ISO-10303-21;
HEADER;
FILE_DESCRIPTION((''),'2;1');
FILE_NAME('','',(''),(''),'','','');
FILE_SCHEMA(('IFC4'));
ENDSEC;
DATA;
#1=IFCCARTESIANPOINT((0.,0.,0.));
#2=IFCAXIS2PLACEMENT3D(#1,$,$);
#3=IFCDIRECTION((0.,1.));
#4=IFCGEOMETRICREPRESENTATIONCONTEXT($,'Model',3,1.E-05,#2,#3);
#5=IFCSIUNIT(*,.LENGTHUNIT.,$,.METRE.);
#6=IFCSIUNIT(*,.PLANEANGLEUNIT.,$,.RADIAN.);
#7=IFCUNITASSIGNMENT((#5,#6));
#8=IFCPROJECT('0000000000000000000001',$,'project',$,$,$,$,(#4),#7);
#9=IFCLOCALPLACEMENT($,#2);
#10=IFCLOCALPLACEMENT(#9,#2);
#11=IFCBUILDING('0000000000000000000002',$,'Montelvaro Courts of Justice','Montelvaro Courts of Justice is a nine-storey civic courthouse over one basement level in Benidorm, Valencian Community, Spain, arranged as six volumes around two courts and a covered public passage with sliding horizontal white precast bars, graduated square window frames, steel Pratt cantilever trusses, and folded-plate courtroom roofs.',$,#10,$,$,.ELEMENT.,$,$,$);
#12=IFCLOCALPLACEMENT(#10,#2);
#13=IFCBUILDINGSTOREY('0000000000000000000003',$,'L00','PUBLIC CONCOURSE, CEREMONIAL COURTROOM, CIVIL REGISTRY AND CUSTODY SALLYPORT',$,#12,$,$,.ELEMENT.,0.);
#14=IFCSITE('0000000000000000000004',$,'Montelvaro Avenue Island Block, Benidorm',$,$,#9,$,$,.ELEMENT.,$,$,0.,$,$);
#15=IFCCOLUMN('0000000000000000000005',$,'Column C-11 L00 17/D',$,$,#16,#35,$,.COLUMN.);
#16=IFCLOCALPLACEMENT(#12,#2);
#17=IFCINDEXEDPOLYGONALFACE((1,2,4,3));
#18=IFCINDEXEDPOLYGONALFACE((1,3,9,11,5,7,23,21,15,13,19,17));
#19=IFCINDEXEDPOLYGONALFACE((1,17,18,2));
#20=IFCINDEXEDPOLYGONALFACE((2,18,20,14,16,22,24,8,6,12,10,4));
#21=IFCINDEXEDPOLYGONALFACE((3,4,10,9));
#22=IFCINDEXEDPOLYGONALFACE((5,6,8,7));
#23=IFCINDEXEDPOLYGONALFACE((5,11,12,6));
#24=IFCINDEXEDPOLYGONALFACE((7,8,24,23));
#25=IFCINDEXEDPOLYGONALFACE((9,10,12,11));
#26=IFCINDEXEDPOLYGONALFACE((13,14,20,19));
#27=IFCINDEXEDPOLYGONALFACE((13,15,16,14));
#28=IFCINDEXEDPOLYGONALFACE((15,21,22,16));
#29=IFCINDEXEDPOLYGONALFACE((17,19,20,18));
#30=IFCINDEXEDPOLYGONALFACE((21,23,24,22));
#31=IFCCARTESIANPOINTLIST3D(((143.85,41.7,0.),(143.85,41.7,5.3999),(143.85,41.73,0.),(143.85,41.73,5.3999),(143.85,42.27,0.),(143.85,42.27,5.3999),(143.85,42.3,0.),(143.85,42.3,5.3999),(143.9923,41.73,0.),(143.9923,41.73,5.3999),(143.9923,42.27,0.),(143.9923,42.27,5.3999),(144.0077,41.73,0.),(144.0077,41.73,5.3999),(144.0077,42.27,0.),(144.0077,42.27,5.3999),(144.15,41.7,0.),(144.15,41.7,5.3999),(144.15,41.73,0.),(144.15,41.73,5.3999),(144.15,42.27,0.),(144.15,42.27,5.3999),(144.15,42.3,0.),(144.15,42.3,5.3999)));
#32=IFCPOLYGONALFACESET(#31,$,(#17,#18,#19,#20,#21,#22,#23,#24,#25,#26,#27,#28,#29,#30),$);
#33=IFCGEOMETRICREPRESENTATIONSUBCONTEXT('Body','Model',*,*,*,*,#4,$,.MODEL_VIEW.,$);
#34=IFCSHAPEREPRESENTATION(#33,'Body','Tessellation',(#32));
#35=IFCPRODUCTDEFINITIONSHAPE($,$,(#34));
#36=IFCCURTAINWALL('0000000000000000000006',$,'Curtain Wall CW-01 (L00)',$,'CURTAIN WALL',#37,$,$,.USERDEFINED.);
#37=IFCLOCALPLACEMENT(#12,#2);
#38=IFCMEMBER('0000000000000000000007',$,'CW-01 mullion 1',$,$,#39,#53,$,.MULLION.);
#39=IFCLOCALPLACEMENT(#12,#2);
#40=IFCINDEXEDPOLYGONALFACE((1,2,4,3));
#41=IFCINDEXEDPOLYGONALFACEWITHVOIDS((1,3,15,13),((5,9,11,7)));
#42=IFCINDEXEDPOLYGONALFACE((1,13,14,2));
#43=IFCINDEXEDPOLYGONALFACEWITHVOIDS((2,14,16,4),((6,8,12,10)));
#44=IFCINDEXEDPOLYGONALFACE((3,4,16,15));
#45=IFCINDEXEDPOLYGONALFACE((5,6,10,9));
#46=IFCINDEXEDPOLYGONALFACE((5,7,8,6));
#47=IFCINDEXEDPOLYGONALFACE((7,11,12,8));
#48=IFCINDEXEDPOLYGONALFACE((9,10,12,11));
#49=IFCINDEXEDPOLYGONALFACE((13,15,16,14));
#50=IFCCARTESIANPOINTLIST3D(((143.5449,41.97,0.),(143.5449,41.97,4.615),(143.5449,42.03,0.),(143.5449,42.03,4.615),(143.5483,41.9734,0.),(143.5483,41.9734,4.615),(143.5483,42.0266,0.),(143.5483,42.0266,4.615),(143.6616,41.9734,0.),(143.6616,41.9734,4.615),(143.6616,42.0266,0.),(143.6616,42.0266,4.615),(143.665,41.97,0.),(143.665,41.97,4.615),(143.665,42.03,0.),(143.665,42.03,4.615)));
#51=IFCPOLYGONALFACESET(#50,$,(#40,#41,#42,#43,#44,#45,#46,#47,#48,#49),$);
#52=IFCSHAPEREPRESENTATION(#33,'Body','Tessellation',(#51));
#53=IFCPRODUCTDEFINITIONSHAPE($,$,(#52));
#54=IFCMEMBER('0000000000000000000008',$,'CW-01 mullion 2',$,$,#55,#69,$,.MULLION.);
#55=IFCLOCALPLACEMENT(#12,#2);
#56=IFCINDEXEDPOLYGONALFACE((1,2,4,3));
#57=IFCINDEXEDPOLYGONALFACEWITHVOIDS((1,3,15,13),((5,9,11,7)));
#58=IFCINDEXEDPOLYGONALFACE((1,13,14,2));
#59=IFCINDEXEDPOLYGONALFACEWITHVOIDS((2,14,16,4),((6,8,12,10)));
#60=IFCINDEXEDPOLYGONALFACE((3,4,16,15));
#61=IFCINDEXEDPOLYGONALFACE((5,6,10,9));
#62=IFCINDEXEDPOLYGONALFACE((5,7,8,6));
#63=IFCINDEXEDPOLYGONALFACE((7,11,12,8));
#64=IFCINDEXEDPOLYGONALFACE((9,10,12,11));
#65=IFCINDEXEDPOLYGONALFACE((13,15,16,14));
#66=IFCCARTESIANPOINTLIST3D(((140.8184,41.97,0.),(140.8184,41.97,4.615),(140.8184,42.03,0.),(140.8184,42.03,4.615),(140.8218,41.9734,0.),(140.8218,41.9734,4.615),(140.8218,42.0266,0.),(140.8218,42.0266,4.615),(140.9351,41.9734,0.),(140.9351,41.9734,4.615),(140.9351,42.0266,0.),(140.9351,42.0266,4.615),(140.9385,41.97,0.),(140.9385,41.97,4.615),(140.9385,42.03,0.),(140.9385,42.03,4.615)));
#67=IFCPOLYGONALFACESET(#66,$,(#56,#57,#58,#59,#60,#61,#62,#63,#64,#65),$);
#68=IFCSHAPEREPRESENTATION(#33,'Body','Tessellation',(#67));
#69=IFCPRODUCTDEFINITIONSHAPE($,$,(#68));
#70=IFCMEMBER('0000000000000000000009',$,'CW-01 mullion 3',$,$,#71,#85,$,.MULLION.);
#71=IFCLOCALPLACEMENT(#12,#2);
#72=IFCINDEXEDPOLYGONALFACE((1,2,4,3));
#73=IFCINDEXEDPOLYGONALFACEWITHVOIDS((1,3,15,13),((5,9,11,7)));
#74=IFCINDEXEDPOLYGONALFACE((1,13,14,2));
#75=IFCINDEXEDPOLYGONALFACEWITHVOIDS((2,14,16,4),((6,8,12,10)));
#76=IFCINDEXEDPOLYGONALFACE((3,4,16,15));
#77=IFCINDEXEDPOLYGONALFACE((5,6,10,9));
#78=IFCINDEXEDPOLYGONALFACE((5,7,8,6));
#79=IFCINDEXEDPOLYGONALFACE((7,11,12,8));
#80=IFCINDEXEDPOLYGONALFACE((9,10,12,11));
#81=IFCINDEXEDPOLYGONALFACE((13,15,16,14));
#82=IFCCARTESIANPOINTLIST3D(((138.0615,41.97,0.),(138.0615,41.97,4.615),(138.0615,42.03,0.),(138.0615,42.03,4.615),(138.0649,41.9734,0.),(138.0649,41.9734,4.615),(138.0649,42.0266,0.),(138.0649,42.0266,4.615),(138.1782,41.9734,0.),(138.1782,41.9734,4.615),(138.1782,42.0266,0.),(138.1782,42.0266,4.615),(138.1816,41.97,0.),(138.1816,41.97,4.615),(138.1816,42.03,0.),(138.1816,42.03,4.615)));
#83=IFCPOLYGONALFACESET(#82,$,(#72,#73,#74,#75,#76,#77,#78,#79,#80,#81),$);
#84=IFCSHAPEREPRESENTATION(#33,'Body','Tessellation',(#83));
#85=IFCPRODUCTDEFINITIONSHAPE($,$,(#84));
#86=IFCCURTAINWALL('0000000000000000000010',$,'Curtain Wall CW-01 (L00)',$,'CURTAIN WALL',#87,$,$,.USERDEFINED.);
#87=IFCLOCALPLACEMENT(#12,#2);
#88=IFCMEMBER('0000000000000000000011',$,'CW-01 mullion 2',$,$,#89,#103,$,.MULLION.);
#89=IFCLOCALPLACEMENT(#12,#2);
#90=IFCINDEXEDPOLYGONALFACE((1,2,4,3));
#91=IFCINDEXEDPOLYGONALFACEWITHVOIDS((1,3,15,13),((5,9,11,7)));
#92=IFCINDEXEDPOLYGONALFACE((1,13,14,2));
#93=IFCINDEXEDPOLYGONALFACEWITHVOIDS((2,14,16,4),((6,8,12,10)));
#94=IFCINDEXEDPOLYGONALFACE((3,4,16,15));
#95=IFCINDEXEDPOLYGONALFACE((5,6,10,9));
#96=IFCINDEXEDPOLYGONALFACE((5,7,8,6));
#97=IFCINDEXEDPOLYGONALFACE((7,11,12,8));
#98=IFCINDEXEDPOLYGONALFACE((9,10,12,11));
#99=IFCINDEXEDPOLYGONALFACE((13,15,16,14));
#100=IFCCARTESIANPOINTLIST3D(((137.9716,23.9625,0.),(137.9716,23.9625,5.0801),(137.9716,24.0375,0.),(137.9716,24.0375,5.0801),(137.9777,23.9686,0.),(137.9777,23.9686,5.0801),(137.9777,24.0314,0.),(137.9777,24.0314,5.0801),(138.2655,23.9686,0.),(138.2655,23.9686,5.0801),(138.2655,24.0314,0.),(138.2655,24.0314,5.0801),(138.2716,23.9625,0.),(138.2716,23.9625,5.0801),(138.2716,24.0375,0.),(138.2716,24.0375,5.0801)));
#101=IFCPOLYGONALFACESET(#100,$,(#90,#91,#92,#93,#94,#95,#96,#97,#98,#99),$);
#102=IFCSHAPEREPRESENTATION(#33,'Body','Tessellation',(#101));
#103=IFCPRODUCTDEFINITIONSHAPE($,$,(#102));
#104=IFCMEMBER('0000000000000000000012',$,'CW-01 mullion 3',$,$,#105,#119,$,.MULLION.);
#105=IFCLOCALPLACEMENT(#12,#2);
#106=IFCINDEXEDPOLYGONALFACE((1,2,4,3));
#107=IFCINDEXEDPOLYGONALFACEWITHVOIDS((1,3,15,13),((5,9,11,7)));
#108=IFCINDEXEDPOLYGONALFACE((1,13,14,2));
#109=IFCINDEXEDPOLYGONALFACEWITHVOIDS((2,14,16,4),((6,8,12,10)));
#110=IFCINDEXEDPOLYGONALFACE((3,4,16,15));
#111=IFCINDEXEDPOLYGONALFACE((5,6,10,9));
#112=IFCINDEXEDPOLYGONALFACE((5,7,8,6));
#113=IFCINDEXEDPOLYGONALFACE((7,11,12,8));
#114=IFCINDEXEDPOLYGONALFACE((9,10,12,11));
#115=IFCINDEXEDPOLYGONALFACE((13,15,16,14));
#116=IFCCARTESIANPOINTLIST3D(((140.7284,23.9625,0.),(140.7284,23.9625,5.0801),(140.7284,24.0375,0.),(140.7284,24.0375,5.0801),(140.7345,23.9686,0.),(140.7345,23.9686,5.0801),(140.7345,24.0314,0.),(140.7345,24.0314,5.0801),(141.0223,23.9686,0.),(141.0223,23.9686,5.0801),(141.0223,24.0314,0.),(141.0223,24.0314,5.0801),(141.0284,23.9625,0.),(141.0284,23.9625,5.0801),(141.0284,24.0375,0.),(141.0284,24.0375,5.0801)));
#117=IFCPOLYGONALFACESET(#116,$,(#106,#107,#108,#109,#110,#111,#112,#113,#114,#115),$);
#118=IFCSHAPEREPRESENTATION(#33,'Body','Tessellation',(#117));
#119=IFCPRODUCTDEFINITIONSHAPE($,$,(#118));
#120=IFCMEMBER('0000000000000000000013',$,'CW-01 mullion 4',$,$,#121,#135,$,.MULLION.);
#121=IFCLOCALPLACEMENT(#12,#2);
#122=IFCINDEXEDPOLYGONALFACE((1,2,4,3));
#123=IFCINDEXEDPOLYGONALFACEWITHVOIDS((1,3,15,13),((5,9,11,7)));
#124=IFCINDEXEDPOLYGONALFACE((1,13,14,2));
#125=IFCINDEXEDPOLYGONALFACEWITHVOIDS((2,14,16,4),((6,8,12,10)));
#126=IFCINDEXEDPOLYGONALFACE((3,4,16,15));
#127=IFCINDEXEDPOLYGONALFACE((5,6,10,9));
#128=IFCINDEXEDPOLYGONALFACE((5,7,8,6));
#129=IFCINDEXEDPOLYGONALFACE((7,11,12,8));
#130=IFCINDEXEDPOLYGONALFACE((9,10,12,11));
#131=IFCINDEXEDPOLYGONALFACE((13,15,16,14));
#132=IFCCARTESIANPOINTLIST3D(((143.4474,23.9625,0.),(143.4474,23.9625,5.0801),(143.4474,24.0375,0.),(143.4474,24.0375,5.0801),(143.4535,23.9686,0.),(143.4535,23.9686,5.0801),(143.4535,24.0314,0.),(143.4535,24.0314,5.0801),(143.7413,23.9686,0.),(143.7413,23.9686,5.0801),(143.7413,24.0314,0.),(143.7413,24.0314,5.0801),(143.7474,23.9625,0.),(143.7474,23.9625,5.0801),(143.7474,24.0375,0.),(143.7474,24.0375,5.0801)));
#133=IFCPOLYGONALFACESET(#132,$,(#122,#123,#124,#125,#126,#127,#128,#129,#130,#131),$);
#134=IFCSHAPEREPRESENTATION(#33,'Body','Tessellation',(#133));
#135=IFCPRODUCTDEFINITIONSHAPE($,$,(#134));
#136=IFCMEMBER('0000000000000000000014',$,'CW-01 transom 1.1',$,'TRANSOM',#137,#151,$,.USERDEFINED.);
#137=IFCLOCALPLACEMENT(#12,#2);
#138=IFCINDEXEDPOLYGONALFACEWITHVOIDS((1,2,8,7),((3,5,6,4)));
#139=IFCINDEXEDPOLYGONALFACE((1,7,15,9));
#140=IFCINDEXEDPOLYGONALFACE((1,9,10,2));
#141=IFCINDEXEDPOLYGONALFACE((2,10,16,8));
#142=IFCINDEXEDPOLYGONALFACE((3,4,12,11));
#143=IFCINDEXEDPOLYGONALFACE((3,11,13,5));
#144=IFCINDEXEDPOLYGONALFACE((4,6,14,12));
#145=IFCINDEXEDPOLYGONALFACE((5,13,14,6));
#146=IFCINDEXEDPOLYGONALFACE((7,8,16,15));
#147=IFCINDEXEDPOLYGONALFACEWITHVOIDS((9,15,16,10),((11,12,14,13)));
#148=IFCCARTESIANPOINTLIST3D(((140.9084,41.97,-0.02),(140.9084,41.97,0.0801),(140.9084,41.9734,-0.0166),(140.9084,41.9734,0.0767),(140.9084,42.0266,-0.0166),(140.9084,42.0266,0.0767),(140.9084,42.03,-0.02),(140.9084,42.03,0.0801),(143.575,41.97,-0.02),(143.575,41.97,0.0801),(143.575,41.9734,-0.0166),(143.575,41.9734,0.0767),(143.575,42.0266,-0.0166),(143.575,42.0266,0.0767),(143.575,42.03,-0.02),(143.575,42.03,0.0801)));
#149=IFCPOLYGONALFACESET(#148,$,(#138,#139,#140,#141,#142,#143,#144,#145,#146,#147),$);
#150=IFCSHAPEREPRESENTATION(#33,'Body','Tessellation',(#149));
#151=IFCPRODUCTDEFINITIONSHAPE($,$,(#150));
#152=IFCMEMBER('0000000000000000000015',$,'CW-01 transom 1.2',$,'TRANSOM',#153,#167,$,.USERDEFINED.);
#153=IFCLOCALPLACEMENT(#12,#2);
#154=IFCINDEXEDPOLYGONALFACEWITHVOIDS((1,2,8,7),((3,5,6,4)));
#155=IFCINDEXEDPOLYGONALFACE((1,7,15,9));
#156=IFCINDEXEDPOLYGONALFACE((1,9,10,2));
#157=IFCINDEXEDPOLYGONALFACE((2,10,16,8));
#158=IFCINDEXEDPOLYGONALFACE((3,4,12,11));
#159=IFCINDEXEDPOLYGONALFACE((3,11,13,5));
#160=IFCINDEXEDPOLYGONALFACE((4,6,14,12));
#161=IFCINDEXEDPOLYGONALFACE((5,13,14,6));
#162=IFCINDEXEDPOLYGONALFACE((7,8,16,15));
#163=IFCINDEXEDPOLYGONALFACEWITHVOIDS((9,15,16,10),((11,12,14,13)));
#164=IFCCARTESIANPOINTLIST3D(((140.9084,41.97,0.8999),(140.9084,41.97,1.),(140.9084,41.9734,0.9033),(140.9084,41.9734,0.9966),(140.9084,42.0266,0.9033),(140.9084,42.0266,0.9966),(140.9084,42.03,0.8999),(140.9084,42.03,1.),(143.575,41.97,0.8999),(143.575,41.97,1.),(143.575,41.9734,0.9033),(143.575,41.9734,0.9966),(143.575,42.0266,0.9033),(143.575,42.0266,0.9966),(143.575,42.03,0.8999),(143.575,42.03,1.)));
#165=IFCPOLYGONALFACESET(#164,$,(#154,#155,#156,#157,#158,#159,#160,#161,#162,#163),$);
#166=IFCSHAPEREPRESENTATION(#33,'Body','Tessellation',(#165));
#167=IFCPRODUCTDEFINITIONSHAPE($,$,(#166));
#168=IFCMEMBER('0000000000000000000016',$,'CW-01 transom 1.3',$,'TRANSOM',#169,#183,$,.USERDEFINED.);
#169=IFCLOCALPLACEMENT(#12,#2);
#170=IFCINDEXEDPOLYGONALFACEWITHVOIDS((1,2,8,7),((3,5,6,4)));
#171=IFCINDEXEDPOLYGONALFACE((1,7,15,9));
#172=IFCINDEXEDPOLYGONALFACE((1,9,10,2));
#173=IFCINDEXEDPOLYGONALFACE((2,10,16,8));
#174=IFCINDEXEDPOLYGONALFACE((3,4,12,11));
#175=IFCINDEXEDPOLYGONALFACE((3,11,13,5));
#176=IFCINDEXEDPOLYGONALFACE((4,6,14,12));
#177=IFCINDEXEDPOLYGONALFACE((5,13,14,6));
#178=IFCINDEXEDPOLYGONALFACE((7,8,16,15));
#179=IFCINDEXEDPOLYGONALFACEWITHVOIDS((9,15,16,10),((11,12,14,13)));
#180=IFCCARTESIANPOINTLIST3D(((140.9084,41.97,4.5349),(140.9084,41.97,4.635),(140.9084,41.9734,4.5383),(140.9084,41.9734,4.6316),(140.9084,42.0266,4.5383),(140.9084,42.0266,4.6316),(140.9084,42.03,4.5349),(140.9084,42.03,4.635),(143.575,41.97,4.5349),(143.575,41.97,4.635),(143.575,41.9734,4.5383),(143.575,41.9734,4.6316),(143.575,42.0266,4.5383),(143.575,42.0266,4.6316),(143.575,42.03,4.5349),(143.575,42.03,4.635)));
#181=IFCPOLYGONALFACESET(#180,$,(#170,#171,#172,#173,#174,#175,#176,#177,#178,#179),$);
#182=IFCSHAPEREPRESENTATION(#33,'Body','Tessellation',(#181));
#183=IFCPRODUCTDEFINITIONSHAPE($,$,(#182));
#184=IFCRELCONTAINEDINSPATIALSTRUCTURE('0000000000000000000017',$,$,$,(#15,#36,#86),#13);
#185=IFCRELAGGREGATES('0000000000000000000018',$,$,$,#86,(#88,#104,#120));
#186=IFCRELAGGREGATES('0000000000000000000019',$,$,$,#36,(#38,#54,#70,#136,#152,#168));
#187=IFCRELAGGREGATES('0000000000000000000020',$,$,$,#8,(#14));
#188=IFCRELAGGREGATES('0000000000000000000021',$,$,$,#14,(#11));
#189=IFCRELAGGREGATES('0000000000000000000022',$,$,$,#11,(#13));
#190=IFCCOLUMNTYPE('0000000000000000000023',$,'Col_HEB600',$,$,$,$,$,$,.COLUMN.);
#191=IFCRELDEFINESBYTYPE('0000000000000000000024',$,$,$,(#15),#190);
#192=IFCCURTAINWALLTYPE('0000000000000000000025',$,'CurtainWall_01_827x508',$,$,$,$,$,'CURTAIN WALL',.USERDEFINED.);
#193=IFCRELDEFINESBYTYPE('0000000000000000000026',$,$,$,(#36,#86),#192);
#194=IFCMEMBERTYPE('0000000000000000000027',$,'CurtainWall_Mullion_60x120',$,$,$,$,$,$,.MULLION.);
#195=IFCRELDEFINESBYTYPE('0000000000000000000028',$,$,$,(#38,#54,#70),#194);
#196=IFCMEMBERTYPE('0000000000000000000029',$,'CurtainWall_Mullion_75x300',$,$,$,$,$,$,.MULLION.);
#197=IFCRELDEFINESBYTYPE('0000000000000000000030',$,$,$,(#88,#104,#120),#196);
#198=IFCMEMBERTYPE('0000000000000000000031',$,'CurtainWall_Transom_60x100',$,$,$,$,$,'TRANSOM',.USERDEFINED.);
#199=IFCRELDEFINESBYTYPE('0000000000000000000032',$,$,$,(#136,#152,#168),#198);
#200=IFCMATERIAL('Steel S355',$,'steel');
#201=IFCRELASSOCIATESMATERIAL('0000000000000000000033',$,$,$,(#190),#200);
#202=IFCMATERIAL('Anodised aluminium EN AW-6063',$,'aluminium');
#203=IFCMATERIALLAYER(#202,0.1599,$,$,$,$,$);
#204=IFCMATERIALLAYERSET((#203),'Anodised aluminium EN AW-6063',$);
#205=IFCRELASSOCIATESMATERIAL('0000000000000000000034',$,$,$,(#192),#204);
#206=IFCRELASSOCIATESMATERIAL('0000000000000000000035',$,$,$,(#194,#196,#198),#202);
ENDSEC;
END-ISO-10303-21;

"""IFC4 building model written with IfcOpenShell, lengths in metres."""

from ifc_helpers import new_model, si_unit, direction, frame, origin, origin_2d, place, context, subcontext, project, spatial, hollow_rectangle, i_section, extrude, material, layer, layer_set, material_profile, profile_set, type_object, element, aggregate, save


model = new_model("IFC4")

# Units and contexts
model_context = context("Model", 3, precision=1e-05, world=origin(), true_north=direction((0.0, 1.0)))
body_context = subcontext(model_context, "Body", "Model", "MODEL_VIEW")
ifc_project = project(units=[si_unit("LENGTHUNIT", "METRE"), si_unit("PLANEANGLEUNIT", "RADIAN")], contexts=[model_context])

# Site, building, storey
site_placement = place(None, origin())
site = spatial("IfcSite", under=ifc_project, at=site_placement, Name="Montelvaro Avenue Island Block, Benidorm", CompositionType="ELEMENT", RefElevation=0.0)
building_placement = place(site_placement, origin())
building = spatial("IfcBuilding", under=site, at=building_placement, Name="Montelvaro Courts of Justice", Description="Montelvaro Courts of Justice is a nine-storey civic courthouse over one basement level in Benidorm, Valencian Community, Spain, arranged as six volumes around two courts and a covered public passage with sliding horizontal white precast bars, graduated square window frames, steel Pratt cantilever trusses, and folded-plate courtroom roofs.", CompositionType="ELEMENT")
storey_placement = place(building_placement, origin())
storey = spatial("IfcBuildingStorey", under=building, at=storey_placement, Name="L00", Description="PUBLIC CONCOURSE, CEREMONIAL COURTROOM, CIVIL REGISTRY AND CUSTODY SALLYPORT", CompositionType="ELEMENT", Elevation=0.0)

# Column
ifc_material_1 = material(Name="Steel S355", Category="steel")
ifc_material_profile_1 = material_profile(ifc_material_1, i_section(OverallWidth=0.3, OverallDepth=0.6001, WebThickness=0.0154, FlangeThickness=0.03, at=origin_2d()), Name="HEB 600")
ifc_profile_set_1 = profile_set([ifc_material_profile_1], Name="Steel S355")
column_type = type_object("IfcColumnType", Name="Col_HEB600", PredefinedType="COLUMN", material=ifc_profile_set_1)
column_placement = place(storey_placement, frame((144.0, 42.0, 0.0), z_axis=(0.0, 0.0, 1.0), x_axis=(1.0, 0.0, 0.0)))
element("IfcColumn", 1, at=column_placement, inside=storey, type_object=column_type, Name="Column C-11 L00 17/D", PredefinedType="COLUMN", context=body_context, shape_type="SweptSolid", body=[
    extrude(i_section(OverallWidth=0.3, OverallDepth=0.6001, WebThickness=0.0154, FlangeThickness=0.03, at=origin_2d()), origin(), (0.0, 0.0, 1.0), 5.3999),
])

# Curtain walls, members
ifc_material_2 = material(Name="Anodised aluminium EN AW-6063", Category="aluminium")
ifc_layer_1 = layer(ifc_material_2, 0.1599)
ifc_layer_set_1 = layer_set([ifc_layer_1], Name="Anodised aluminium EN AW-6063")
curtain_wall_type = type_object("IfcCurtainWallType", Name="CurtainWall_01_827x508", ElementType="CURTAIN WALL", PredefinedType="USERDEFINED", material=ifc_layer_set_1)
curtain_wall_1_placement = place(storey_placement, origin())
curtain_wall_1 = element("IfcCurtainWall", 2, at=curtain_wall_1_placement, inside=storey, type_object=curtain_wall_type, Name="Curtain Wall CW-01 (L00)", ObjectType="CURTAIN WALL", PredefinedType="USERDEFINED")
ifc_material_profile_2 = material_profile(ifc_material_2, hollow_rectangle(XDim=0.0601, YDim=0.1201, WallThickness=0.0034, at=origin_2d()), Name="ALU-M 60x120")
ifc_profile_set_2 = profile_set([ifc_material_profile_2], Name="Anodised aluminium EN AW-6063")
member_type_1 = type_object("IfcMemberType", Name="CurtainWall_Mullion_60x120", PredefinedType="MULLION", material=ifc_profile_set_2)
member_1_placement = place(storey_placement, frame((143.605, 42.0, 0.0), z_axis=(0.0, 0.0, 1.0), x_axis=(0.0, -1.0, 0.0)))
member_1 = element("IfcMember", 3, at=member_1_placement, type_object=member_type_1, Name="CW-01 mullion 1", PredefinedType="MULLION", context=body_context, shape_type="SweptSolid", body=[
    extrude(hollow_rectangle(XDim=0.0601, YDim=0.1201, WallThickness=0.0034, at=origin_2d()), origin(), (0.0, 0.0, 1.0), 4.615),
])
member_2_placement = place(storey_placement, frame((140.8784, 42.0, 0.0), z_axis=(0.0, 0.0, 1.0), x_axis=(0.0, -1.0, 0.0)))
member_2 = element("IfcMember", 4, at=member_2_placement, type_object=member_type_1, Name="CW-01 mullion 2", PredefinedType="MULLION", context=body_context, shape_type="SweptSolid", body=[
    extrude(hollow_rectangle(XDim=0.0601, YDim=0.1201, WallThickness=0.0034, at=origin_2d()), origin(), (0.0, 0.0, 1.0), 4.615),
])
member_3_placement = place(storey_placement, frame((138.1216, 42.0, 0.0), z_axis=(0.0, 0.0, 1.0), x_axis=(0.0, -1.0, 0.0)))
member_3 = element("IfcMember", 5, at=member_3_placement, type_object=member_type_1, Name="CW-01 mullion 3", PredefinedType="MULLION", context=body_context, shape_type="SweptSolid", body=[
    extrude(hollow_rectangle(XDim=0.0601, YDim=0.1201, WallThickness=0.0034, at=origin_2d()), origin(), (0.0, 0.0, 1.0), 4.615),
])
curtain_wall_2_placement = place(storey_placement, origin())
curtain_wall_2 = element("IfcCurtainWall", 6, at=curtain_wall_2_placement, inside=storey, type_object=curtain_wall_type, Name="Curtain Wall CW-01 (L00)", ObjectType="CURTAIN WALL", PredefinedType="USERDEFINED")
ifc_material_profile_3 = material_profile(ifc_material_2, hollow_rectangle(XDim=0.075, YDim=0.3, WallThickness=0.0061, at=origin_2d()), Name="ALU-M 75x300")
ifc_profile_set_3 = profile_set([ifc_material_profile_3], Name="Anodised aluminium EN AW-6063")
member_type_2 = type_object("IfcMemberType", Name="CurtainWall_Mullion_75x300", PredefinedType="MULLION", material=ifc_profile_set_3)
member_4_placement = place(storey_placement, frame((138.1216, 24.0, 0.0), z_axis=(0.0, 0.0, 1.0), x_axis=(0.0, 1.0, 0.0)))
member_4 = element("IfcMember", 7, at=member_4_placement, type_object=member_type_2, Name="CW-01 mullion 2", PredefinedType="MULLION", context=body_context, shape_type="SweptSolid", body=[
    extrude(hollow_rectangle(XDim=0.075, YDim=0.3, WallThickness=0.0061, at=origin_2d()), origin(), (0.0, 0.0, 1.0), 5.0801),
])
member_5_placement = place(storey_placement, frame((140.8784, 24.0, 0.0), z_axis=(0.0, 0.0, 1.0), x_axis=(0.0, 1.0, 0.0)))
member_5 = element("IfcMember", 8, at=member_5_placement, type_object=member_type_2, Name="CW-01 mullion 3", PredefinedType="MULLION", context=body_context, shape_type="SweptSolid", body=[
    extrude(hollow_rectangle(XDim=0.075, YDim=0.3, WallThickness=0.0061, at=origin_2d()), origin(), (0.0, 0.0, 1.0), 5.0801),
])
member_6_placement = place(storey_placement, frame((143.5974, 24.0, 0.0), z_axis=(0.0, 0.0, 1.0), x_axis=(0.0, 1.0, 0.0)))
member_6 = element("IfcMember", 9, at=member_6_placement, type_object=member_type_2, Name="CW-01 mullion 4", PredefinedType="MULLION", context=body_context, shape_type="SweptSolid", body=[
    extrude(hollow_rectangle(XDim=0.075, YDim=0.3, WallThickness=0.0061, at=origin_2d()), origin(), (0.0, 0.0, 1.0), 5.0801),
])

# Members
ifc_material_profile_4 = material_profile(ifc_material_2, hollow_rectangle(XDim=0.0601, YDim=0.1001, WallThickness=0.0034, at=origin_2d()), Name="ALU-T 60x100")
ifc_profile_set_4 = profile_set([ifc_material_profile_4], Name="Anodised aluminium EN AW-6063")
member_type_3 = type_object("IfcMemberType", Name="CurtainWall_Transom_60x100", ElementType="TRANSOM", PredefinedType="USERDEFINED", material=ifc_profile_set_4)
member_7_placement = place(storey_placement, frame((143.575, 42.0, 0.03), z_axis=(-1.0, 0.0, 0.0), x_axis=(0.0, -1.0, 0.0)))
member_7 = element("IfcMember", 10, at=member_7_placement, type_object=member_type_3, Name="CW-01 transom 1.1", ObjectType="TRANSOM", PredefinedType="USERDEFINED", context=body_context, shape_type="SweptSolid", body=[
    extrude(hollow_rectangle(XDim=0.0601, YDim=0.1001, WallThickness=0.0034, at=origin_2d()), origin(), (0.0, 0.0, 1.0), 2.6665),
])
member_8_placement = place(storey_placement, frame((143.575, 42.0, 0.95), z_axis=(-1.0, 0.0, 0.0), x_axis=(0.0, -1.0, 0.0)))
member_8 = element("IfcMember", 11, at=member_8_placement, type_object=member_type_3, Name="CW-01 transom 1.2", ObjectType="TRANSOM", PredefinedType="USERDEFINED", context=body_context, shape_type="SweptSolid", body=[
    extrude(hollow_rectangle(XDim=0.0601, YDim=0.1001, WallThickness=0.0034, at=origin_2d()), origin(), (0.0, 0.0, 1.0), 2.6665),
])
member_9_placement = place(storey_placement, frame((143.575, 42.0, 4.585), z_axis=(-1.0, 0.0, 0.0), x_axis=(0.0, -1.0, 0.0)))
member_9 = element("IfcMember", 12, at=member_9_placement, type_object=member_type_3, Name="CW-01 transom 1.3", ObjectType="TRANSOM", PredefinedType="USERDEFINED", context=body_context, shape_type="SweptSolid", body=[
    extrude(hollow_rectangle(XDim=0.0601, YDim=0.1001, WallThickness=0.0034, at=origin_2d()), origin(), (0.0, 0.0, 1.0), 2.6665),
])

aggregate(curtain_wall_2, [member_4, member_5, member_6])
aggregate(curtain_wall_1, [member_1, member_2, member_3, member_7, member_8, member_9])

save(model, "model.ifc")
